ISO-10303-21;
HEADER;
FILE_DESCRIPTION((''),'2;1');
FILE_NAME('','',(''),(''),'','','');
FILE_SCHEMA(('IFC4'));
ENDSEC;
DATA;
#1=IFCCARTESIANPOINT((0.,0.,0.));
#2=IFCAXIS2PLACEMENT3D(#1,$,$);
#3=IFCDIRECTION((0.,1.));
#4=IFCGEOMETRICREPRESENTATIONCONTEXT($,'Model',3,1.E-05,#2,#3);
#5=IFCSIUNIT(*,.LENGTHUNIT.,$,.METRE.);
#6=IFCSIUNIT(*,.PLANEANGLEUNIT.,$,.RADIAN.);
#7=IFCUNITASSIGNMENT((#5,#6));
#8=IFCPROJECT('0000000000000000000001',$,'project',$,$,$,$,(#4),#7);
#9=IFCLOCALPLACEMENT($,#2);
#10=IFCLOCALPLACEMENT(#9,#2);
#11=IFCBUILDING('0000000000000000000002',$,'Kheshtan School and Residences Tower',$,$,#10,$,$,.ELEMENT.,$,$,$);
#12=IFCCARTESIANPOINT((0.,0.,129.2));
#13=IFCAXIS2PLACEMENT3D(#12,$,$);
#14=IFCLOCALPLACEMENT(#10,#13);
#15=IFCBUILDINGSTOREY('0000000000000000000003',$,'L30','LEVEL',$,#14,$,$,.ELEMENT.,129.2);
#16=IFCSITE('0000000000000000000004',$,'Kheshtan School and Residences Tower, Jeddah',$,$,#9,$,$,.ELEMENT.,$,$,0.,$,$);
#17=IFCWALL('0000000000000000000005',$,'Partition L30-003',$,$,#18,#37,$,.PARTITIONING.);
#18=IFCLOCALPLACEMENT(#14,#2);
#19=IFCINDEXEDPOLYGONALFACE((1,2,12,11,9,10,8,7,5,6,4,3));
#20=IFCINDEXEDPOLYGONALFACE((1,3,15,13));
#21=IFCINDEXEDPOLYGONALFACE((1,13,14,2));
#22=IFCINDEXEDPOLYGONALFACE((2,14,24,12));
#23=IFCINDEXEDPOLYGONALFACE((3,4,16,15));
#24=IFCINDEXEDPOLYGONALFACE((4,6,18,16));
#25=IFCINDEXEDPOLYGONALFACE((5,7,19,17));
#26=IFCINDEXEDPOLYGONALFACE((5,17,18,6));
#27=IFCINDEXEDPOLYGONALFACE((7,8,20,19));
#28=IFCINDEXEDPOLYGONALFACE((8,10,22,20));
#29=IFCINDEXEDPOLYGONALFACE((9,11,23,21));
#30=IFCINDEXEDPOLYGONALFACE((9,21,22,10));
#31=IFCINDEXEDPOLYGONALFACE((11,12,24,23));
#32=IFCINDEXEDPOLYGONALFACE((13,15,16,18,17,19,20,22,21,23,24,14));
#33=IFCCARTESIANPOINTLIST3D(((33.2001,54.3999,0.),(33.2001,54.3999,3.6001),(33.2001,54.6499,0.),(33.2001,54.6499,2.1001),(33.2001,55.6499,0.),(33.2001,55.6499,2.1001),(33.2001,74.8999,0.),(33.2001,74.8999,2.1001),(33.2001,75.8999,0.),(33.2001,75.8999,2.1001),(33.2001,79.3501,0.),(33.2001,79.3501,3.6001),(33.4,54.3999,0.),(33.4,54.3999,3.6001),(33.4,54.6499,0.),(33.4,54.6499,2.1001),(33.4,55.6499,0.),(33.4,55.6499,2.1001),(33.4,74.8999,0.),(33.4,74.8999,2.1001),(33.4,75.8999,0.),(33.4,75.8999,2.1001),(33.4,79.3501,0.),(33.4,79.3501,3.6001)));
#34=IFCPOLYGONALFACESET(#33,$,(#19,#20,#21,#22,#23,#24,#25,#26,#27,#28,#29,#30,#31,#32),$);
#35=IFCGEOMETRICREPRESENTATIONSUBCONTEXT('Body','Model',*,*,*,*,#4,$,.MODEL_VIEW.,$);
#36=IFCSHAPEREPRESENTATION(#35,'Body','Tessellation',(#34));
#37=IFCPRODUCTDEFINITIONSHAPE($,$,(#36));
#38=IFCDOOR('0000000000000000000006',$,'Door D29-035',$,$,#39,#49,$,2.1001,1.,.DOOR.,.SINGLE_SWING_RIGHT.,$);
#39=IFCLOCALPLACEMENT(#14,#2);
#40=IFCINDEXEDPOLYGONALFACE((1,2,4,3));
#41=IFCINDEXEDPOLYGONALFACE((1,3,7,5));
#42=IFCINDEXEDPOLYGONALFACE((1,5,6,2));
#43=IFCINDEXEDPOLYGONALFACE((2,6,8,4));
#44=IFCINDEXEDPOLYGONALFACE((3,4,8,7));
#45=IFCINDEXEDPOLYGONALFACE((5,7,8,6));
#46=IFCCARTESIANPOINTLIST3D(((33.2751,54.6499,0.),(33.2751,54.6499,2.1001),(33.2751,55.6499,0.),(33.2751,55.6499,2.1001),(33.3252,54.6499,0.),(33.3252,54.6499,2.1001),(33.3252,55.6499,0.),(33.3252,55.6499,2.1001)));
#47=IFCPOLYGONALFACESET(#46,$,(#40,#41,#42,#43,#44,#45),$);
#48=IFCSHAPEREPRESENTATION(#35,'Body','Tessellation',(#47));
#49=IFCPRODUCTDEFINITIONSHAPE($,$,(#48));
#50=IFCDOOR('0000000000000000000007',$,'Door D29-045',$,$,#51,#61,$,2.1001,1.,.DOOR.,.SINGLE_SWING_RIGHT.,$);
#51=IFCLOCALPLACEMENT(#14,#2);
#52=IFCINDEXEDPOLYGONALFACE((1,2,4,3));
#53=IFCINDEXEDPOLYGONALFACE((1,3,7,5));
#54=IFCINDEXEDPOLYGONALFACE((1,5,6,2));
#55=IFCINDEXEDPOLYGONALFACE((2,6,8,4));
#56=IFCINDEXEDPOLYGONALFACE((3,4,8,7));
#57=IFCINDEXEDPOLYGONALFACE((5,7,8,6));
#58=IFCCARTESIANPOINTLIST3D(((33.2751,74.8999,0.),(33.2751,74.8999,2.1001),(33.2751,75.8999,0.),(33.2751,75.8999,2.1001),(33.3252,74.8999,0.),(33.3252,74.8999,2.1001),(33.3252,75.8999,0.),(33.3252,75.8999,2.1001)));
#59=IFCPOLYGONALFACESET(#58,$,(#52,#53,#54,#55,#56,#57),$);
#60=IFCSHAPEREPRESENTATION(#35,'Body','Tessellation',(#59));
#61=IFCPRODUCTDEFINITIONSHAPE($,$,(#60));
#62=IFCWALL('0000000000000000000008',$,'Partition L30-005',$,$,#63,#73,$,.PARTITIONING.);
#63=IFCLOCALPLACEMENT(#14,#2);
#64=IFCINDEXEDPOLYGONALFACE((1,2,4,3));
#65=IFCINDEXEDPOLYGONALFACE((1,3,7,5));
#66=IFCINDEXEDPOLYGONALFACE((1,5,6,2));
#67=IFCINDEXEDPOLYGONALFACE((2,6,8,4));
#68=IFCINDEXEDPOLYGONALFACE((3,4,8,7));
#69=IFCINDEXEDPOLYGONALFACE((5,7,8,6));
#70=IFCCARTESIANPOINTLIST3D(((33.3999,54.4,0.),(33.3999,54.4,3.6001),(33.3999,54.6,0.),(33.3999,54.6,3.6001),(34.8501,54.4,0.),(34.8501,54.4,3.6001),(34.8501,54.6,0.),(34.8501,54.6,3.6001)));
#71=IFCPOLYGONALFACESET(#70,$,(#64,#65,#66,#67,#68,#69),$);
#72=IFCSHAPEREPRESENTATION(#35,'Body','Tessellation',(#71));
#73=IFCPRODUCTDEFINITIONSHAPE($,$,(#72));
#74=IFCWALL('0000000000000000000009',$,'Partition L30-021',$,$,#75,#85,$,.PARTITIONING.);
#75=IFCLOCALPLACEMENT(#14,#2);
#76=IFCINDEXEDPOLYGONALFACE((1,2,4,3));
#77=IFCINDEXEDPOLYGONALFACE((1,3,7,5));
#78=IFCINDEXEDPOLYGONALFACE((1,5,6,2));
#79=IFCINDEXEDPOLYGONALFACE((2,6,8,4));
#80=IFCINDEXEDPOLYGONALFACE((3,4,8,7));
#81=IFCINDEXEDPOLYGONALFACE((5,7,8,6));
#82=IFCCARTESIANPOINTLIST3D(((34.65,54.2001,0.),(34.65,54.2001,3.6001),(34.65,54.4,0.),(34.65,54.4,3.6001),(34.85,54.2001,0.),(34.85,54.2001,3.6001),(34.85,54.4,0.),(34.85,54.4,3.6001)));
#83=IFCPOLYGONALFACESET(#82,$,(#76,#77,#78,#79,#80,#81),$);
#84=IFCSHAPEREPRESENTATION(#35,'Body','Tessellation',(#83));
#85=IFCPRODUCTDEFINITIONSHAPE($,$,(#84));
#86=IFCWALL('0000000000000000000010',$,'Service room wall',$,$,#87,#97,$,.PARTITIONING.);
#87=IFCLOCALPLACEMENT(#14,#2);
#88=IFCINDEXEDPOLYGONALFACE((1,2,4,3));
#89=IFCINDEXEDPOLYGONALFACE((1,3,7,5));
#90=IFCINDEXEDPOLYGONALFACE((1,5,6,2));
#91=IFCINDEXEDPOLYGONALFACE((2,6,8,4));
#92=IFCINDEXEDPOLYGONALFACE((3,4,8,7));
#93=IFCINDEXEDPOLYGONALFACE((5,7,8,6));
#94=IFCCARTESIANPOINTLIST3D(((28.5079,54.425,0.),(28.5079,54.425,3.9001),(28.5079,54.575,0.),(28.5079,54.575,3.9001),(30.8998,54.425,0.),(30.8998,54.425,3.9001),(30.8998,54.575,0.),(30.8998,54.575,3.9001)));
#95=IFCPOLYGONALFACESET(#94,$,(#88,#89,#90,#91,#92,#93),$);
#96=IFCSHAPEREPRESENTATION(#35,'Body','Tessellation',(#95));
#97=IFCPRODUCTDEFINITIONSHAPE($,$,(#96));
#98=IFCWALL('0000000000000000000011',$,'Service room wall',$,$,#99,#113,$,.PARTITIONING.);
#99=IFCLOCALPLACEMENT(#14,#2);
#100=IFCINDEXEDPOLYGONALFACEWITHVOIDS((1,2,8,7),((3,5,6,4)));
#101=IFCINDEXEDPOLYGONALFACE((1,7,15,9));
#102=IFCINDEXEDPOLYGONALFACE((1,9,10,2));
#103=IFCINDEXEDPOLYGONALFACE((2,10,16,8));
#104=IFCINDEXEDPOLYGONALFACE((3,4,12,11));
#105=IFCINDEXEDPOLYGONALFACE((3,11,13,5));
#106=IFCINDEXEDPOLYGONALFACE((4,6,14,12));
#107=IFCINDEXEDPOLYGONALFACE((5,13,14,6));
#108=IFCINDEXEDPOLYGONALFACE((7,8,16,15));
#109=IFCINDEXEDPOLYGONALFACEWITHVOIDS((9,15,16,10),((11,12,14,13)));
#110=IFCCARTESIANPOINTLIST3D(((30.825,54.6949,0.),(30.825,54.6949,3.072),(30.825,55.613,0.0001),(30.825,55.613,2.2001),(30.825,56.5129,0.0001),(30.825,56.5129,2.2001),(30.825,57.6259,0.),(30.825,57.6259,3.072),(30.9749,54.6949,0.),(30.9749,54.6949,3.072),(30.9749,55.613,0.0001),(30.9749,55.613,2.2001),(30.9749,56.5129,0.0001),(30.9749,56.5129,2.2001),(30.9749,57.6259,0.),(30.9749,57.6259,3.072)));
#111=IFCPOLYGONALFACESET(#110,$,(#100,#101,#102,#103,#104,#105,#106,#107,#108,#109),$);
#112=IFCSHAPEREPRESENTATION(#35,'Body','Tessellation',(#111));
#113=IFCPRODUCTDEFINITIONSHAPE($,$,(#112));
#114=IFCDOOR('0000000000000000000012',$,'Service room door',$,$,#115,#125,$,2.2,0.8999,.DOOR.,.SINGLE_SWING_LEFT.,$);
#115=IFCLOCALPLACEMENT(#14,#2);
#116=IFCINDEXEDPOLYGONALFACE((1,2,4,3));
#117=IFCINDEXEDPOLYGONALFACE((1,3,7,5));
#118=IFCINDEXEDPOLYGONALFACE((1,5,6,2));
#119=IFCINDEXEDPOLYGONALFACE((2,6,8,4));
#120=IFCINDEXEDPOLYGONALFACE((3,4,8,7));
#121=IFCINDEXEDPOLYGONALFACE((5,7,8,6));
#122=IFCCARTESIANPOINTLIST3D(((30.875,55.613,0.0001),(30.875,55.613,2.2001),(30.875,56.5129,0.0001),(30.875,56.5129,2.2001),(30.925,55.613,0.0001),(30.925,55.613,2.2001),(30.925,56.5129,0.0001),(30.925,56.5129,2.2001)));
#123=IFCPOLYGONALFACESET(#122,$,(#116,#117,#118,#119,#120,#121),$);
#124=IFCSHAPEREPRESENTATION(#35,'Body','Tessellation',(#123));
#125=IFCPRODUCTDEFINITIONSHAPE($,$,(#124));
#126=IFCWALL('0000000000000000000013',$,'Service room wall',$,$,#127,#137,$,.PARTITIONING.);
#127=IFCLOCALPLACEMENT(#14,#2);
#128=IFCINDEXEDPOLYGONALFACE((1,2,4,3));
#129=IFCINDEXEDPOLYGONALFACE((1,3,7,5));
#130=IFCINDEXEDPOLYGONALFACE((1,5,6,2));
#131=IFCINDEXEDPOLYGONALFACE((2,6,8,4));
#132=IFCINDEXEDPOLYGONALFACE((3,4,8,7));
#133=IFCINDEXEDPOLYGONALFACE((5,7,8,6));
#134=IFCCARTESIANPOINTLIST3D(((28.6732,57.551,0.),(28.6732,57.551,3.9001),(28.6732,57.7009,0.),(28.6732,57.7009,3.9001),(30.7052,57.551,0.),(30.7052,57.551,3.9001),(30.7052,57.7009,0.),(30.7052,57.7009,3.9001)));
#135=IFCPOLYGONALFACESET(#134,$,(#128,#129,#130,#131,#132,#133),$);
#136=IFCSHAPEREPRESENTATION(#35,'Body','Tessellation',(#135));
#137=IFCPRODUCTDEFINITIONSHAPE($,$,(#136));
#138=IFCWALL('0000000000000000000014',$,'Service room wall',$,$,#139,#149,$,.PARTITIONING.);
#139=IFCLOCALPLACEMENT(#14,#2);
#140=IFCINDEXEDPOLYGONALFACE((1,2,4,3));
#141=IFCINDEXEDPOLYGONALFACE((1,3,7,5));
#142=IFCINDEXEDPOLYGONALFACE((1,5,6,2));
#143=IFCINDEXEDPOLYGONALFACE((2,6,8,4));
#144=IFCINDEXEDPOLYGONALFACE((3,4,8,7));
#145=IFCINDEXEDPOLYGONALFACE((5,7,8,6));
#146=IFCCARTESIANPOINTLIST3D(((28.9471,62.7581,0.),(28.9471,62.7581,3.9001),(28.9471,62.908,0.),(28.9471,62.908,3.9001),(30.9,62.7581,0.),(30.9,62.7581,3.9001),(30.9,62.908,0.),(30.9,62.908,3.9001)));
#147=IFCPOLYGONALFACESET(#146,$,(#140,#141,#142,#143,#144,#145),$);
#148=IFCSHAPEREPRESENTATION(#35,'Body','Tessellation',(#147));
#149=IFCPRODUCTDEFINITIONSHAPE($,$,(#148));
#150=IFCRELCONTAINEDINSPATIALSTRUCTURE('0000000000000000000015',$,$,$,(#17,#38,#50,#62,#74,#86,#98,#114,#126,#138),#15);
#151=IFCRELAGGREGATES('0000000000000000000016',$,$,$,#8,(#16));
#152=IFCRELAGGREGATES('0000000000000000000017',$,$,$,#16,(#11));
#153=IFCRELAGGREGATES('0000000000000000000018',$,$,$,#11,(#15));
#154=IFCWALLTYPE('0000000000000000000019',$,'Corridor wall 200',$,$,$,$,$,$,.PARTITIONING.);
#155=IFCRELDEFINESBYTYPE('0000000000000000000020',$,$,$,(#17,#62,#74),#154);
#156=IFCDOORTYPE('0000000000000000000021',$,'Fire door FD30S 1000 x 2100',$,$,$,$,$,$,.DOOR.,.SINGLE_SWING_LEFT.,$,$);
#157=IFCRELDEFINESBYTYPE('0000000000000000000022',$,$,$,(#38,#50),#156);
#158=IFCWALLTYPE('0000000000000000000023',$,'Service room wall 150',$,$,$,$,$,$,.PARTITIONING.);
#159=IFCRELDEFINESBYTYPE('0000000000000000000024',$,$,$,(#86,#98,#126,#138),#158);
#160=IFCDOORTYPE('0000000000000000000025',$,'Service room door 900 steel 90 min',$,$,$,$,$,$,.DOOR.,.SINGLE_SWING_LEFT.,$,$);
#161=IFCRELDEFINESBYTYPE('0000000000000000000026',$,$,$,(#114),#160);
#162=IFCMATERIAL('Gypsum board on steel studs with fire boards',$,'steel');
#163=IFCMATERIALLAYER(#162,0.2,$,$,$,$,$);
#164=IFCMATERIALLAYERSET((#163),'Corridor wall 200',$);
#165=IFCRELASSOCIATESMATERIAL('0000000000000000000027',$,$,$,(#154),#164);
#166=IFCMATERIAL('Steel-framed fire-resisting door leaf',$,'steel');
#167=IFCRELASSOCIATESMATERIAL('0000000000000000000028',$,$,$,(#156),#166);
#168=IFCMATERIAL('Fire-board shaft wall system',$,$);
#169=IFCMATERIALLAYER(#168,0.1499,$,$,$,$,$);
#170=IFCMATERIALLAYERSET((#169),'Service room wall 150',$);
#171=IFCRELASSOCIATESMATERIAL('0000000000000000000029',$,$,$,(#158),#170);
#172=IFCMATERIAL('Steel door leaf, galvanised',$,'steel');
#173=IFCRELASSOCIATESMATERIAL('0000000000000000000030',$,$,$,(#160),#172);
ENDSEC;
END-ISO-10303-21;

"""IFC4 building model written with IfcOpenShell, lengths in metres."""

from ifc_helpers import new_model, si_unit, direction, frame, frame_2d, origin, place, context, subcontext, project, spatial, rectangle, extrude, source, transform, mapped, material, layer, layer_set, type_object, element, fill, save


model = new_model("IFC4")

# Units and contexts
model_context = context("Model", 3, precision=1e-05, world=origin(), true_north=direction((0.0, 1.0)))
body_context = subcontext(model_context, "Body", "Model", "MODEL_VIEW")
ifc_project = project(units=[si_unit("LENGTHUNIT", "METRE"), si_unit("PLANEANGLEUNIT", "RADIAN")], contexts=[model_context])

# Site, building, storey
site_placement = place(None, origin())
site = spatial("IfcSite", under=ifc_project, at=site_placement, Name="Kheshtan School and Residences Tower, Jeddah", CompositionType="ELEMENT", RefElevation=0.0)
building_placement = place(site_placement, origin())
building = spatial("IfcBuilding", under=site, at=building_placement, Name="Kheshtan School and Residences Tower", CompositionType="ELEMENT")
storey_placement = place(building_placement, frame((0.0, 0.0, 129.2)))
storey = spatial("IfcBuildingStorey", under=building, at=storey_placement, Name="L30", Description="LEVEL", CompositionType="ELEMENT", Elevation=129.2)

# Wall, openings, doors
ifc_material_1 = material(Name="Gypsum board on steel studs with fire boards", Category="steel")
ifc_layer_1 = layer(ifc_material_1, 0.2)
ifc_layer_set_1 = layer_set([ifc_layer_1], Name="Corridor wall 200")
wall_type_1 = type_object("IfcWallType", Name="Corridor wall 200", PredefinedType="PARTITIONING", material=ifc_layer_set_1)
wall_1_placement = place(storey_placement, frame((33.3, 54.3999, 0.0), z_axis=(0.0, 0.0, 1.0), x_axis=(0.0, 1.0, 0.0)))
wall_1 = element("IfcWall", 1, at=wall_1_placement, inside=storey, type_object=wall_type_1, Name="Partition L30-003", PredefinedType="PARTITIONING", context=body_context, shape_type="SweptSolid", body=[
    extrude(rectangle(XDim=24.9502, YDim=0.2, at=frame_2d((12.4751, 0.0))), origin(), (0.0, 0.0, 1.0), 3.6001),
])
opening_1_placement = place(wall_1_placement, frame((0.25, 0.0, 0.0)))
opening_1 = element("IfcOpeningElement", 2, at=opening_1_placement, cuts=wall_1, PredefinedType="OPENING", context=body_context, shape_type="SweptSolid", body=[
    extrude(rectangle(XDim=1.0, YDim=2.1001, at=frame_2d((0.5, 1.05))), frame((0.0, 0.1099, 0.0), z_axis=(0.0, -1.0, 0.0), x_axis=(1.0, 0.0, 0.0)), (0.0, 0.0, 1.0), 0.22),
])
opening_2_placement = place(wall_1_placement, frame((20.5, 0.0, 0.0)))
opening_2 = element("IfcOpeningElement", 3, at=opening_2_placement, cuts=wall_1, PredefinedType="OPENING", context=body_context, shape_type="SweptSolid", body=[
    extrude(rectangle(XDim=1.0, YDim=2.1001, at=frame_2d((0.5, 1.05))), frame((0.0, 0.1099, 0.0), z_axis=(0.0, -1.0, 0.0), x_axis=(1.0, 0.0, 0.0)), (0.0, 0.0, 1.0), 0.22),
])
ifc_material_2 = material(Name="Steel-framed fire-resisting door leaf", Category="steel")
door_type_1 = type_object("IfcDoorType", Name="Fire door FD30S 1000 x 2100", OperationType="SINGLE_SWING_LEFT", PredefinedType="DOOR", material=ifc_material_2)
shared_shape_1 = source(origin(), body_context, "Body", "SweptSolid", [
    extrude(rectangle(XDim=1.0, YDim=2.1001, at=frame_2d((0.5, 1.05))), frame((0.0, 0.0249, 0.0), z_axis=(0.0, -1.0, 0.0), x_axis=(1.0, 0.0, 0.0)), (0.0, 0.0, 1.0), 0.05),
])
door_1_placement = place(opening_1_placement, origin())
door_1 = element("IfcDoor", 4, at=door_1_placement, inside=storey, type_object=door_type_1, Name="Door D29-035", OperationType="SINGLE_SWING_RIGHT", OverallHeight=2.1001, OverallWidth=1.0, PredefinedType="DOOR", context=body_context, shape_type="MappedRepresentation", body=[
    mapped(shared_shape_1, transform((0.0, 0.0, 0.0), x_axis=(1.0, 0.0, 0.0), y_axis=(0.0, 1.0, 0.0), z_axis=(0.0, 0.0, 1.0), scale=1.0)),
])
fill(opening_1, door_1)
door_2_placement = place(opening_2_placement, origin())
door_2 = element("IfcDoor", 5, at=door_2_placement, inside=storey, type_object=door_type_1, Name="Door D29-045", OperationType="SINGLE_SWING_RIGHT", OverallHeight=2.1001, OverallWidth=1.0, PredefinedType="DOOR", context=body_context, shape_type="MappedRepresentation", body=[
    mapped(shared_shape_1, transform((0.0, 0.0, 0.0), x_axis=(1.0, 0.0, 0.0), y_axis=(0.0, 1.0, 0.0), z_axis=(0.0, 0.0, 1.0), scale=1.0)),
])
fill(opening_2, door_2)

# Walls
wall_2_placement = place(storey_placement, frame((33.3999, 54.5, 0.0), z_axis=(0.0, 0.0, 1.0), x_axis=(1.0, 0.0, 0.0)))
element("IfcWall", 6, at=wall_2_placement, inside=storey, type_object=wall_type_1, Name="Partition L30-005", PredefinedType="PARTITIONING", context=body_context, shape_type="SweptSolid", body=[
    extrude(rectangle(XDim=1.4502, YDim=0.2, at=frame_2d((0.7251, 0.0))), origin(), (0.0, 0.0, 1.0), 3.6001),
])
wall_3_placement = place(storey_placement, frame((34.75, 54.2, 0.0), z_axis=(0.0, 0.0, 1.0), x_axis=(0.0, 1.0, 0.0)))
element("IfcWall", 7, at=wall_3_placement, inside=storey, type_object=wall_type_1, Name="Partition L30-021", PredefinedType="PARTITIONING", context=body_context, shape_type="SweptSolid", body=[
    extrude(rectangle(XDim=0.2, YDim=0.2, at=frame_2d((0.1001, 0.0))), origin(), (0.0, 0.0, 1.0), 3.6001),
])
ifc_material_3 = material(Name="Fire-board shaft wall system")
ifc_layer_2 = layer(ifc_material_3, 0.1499)
ifc_layer_set_2 = layer_set([ifc_layer_2], Name="Service room wall 150")
wall_type_2 = type_object("IfcWallType", Name="Service room wall 150", PredefinedType="PARTITIONING", material=ifc_layer_set_2)
wall_4_placement = place(storey_placement, frame((28.5081, 54.5, 0.0), z_axis=(0.0, 0.0, 1.0), x_axis=(1.0, 0.0, 0.0)))
element("IfcWall", 8, at=wall_4_placement, inside=storey, type_object=wall_type_2, Name="Service room wall", PredefinedType="PARTITIONING", context=body_context, shape_type="SweptSolid", body=[
    extrude(rectangle(XDim=2.3918, YDim=0.1499, at=frame_2d((1.1958, 0.0))), origin(), (0.0, 0.0, 1.0), 3.9001),
])

# Wall, opening, door
wall_5_placement = place(storey_placement, frame((30.8999, 54.6951, 0.0), z_axis=(0.0, 0.0, 1.0), x_axis=(0.0, 1.0, 0.0)))
wall_5 = element("IfcWall", 9, at=wall_5_placement, inside=storey, type_object=wall_type_2, Name="Service room wall", PredefinedType="PARTITIONING", context=body_context, shape_type="SweptSolid", body=[
    extrude(rectangle(XDim=2.9309, YDim=0.1499, at=frame_2d((1.4653, 0.0))), origin(), (0.0, 0.0, 1.0), 3.072),
])
opening_3_placement = place(wall_5_placement, frame((0.918, 0.0, 0.0)))
opening_3 = element("IfcOpeningElement", 10, at=opening_3_placement, cuts=wall_5, PredefinedType="OPENING", context=body_context, shape_type="SweptSolid", body=[
    extrude(rectangle(XDim=0.8999, YDim=2.2, at=frame_2d((0.45, 1.1001))), frame((0.0, 0.085, 0.0), z_axis=(0.0, -1.0, 0.0), x_axis=(1.0, 0.0, 0.0)), (0.0, 0.0, 1.0), 0.1699),
])
ifc_material_4 = material(Name="Steel door leaf, galvanised", Category="steel")
door_type_2 = type_object("IfcDoorType", Name="Service room door 900 steel 90 min", OperationType="SINGLE_SWING_LEFT", PredefinedType="DOOR", material=ifc_material_4)
shared_shape_2 = source(origin(), body_context, "Body", "SweptSolid", [
    extrude(rectangle(XDim=0.8999, YDim=2.2, at=frame_2d((0.45, 1.1001))), frame((0.0, 0.0249, 0.0), z_axis=(0.0, -1.0, 0.0), x_axis=(1.0, 0.0, 0.0)), (0.0, 0.0, 1.0), 0.05),
])
door_3_placement = place(opening_3_placement, origin())
door_3 = element("IfcDoor", 11, at=door_3_placement, inside=storey, type_object=door_type_2, Name="Service room door", OperationType="SINGLE_SWING_LEFT", OverallHeight=2.2, OverallWidth=0.8999, PredefinedType="DOOR", context=body_context, shape_type="MappedRepresentation", body=[
    mapped(shared_shape_2, transform((0.0, 0.0, 0.0), x_axis=(1.0, 0.0, 0.0), y_axis=(0.0, 1.0, 0.0), z_axis=(0.0, 0.0, 1.0), scale=1.0)),
])
fill(opening_3, door_3)

# Walls
wall_6_placement = place(storey_placement, frame((28.6731, 57.626, 0.0), z_axis=(0.0, 0.0, 1.0), x_axis=(1.0, 0.0, 0.0)))
element("IfcWall", 12, at=wall_6_placement, inside=storey, type_object=wall_type_2, Name="Service room wall", PredefinedType="PARTITIONING", context=body_context, shape_type="SweptSolid", body=[
    extrude(rectangle(XDim=2.032, YDim=0.1499, at=frame_2d((1.0161, 0.0))), origin(), (0.0, 0.0, 1.0), 3.9001),
])
wall_7_placement = place(storey_placement, frame((28.947, 62.833, 0.0), z_axis=(0.0, 0.0, 1.0), x_axis=(1.0, 0.0, 0.0)))
element("IfcWall", 13, at=wall_7_placement, inside=storey, type_object=wall_type_2, Name="Service room wall", PredefinedType="PARTITIONING", context=body_context, shape_type="SweptSolid", body=[
    extrude(rectangle(XDim=1.9529, YDim=0.1499, at=frame_2d((0.9766, 0.0))), origin(), (0.0, 0.0, 1.0), 3.9001),
])

save(model, "model.ifc")
